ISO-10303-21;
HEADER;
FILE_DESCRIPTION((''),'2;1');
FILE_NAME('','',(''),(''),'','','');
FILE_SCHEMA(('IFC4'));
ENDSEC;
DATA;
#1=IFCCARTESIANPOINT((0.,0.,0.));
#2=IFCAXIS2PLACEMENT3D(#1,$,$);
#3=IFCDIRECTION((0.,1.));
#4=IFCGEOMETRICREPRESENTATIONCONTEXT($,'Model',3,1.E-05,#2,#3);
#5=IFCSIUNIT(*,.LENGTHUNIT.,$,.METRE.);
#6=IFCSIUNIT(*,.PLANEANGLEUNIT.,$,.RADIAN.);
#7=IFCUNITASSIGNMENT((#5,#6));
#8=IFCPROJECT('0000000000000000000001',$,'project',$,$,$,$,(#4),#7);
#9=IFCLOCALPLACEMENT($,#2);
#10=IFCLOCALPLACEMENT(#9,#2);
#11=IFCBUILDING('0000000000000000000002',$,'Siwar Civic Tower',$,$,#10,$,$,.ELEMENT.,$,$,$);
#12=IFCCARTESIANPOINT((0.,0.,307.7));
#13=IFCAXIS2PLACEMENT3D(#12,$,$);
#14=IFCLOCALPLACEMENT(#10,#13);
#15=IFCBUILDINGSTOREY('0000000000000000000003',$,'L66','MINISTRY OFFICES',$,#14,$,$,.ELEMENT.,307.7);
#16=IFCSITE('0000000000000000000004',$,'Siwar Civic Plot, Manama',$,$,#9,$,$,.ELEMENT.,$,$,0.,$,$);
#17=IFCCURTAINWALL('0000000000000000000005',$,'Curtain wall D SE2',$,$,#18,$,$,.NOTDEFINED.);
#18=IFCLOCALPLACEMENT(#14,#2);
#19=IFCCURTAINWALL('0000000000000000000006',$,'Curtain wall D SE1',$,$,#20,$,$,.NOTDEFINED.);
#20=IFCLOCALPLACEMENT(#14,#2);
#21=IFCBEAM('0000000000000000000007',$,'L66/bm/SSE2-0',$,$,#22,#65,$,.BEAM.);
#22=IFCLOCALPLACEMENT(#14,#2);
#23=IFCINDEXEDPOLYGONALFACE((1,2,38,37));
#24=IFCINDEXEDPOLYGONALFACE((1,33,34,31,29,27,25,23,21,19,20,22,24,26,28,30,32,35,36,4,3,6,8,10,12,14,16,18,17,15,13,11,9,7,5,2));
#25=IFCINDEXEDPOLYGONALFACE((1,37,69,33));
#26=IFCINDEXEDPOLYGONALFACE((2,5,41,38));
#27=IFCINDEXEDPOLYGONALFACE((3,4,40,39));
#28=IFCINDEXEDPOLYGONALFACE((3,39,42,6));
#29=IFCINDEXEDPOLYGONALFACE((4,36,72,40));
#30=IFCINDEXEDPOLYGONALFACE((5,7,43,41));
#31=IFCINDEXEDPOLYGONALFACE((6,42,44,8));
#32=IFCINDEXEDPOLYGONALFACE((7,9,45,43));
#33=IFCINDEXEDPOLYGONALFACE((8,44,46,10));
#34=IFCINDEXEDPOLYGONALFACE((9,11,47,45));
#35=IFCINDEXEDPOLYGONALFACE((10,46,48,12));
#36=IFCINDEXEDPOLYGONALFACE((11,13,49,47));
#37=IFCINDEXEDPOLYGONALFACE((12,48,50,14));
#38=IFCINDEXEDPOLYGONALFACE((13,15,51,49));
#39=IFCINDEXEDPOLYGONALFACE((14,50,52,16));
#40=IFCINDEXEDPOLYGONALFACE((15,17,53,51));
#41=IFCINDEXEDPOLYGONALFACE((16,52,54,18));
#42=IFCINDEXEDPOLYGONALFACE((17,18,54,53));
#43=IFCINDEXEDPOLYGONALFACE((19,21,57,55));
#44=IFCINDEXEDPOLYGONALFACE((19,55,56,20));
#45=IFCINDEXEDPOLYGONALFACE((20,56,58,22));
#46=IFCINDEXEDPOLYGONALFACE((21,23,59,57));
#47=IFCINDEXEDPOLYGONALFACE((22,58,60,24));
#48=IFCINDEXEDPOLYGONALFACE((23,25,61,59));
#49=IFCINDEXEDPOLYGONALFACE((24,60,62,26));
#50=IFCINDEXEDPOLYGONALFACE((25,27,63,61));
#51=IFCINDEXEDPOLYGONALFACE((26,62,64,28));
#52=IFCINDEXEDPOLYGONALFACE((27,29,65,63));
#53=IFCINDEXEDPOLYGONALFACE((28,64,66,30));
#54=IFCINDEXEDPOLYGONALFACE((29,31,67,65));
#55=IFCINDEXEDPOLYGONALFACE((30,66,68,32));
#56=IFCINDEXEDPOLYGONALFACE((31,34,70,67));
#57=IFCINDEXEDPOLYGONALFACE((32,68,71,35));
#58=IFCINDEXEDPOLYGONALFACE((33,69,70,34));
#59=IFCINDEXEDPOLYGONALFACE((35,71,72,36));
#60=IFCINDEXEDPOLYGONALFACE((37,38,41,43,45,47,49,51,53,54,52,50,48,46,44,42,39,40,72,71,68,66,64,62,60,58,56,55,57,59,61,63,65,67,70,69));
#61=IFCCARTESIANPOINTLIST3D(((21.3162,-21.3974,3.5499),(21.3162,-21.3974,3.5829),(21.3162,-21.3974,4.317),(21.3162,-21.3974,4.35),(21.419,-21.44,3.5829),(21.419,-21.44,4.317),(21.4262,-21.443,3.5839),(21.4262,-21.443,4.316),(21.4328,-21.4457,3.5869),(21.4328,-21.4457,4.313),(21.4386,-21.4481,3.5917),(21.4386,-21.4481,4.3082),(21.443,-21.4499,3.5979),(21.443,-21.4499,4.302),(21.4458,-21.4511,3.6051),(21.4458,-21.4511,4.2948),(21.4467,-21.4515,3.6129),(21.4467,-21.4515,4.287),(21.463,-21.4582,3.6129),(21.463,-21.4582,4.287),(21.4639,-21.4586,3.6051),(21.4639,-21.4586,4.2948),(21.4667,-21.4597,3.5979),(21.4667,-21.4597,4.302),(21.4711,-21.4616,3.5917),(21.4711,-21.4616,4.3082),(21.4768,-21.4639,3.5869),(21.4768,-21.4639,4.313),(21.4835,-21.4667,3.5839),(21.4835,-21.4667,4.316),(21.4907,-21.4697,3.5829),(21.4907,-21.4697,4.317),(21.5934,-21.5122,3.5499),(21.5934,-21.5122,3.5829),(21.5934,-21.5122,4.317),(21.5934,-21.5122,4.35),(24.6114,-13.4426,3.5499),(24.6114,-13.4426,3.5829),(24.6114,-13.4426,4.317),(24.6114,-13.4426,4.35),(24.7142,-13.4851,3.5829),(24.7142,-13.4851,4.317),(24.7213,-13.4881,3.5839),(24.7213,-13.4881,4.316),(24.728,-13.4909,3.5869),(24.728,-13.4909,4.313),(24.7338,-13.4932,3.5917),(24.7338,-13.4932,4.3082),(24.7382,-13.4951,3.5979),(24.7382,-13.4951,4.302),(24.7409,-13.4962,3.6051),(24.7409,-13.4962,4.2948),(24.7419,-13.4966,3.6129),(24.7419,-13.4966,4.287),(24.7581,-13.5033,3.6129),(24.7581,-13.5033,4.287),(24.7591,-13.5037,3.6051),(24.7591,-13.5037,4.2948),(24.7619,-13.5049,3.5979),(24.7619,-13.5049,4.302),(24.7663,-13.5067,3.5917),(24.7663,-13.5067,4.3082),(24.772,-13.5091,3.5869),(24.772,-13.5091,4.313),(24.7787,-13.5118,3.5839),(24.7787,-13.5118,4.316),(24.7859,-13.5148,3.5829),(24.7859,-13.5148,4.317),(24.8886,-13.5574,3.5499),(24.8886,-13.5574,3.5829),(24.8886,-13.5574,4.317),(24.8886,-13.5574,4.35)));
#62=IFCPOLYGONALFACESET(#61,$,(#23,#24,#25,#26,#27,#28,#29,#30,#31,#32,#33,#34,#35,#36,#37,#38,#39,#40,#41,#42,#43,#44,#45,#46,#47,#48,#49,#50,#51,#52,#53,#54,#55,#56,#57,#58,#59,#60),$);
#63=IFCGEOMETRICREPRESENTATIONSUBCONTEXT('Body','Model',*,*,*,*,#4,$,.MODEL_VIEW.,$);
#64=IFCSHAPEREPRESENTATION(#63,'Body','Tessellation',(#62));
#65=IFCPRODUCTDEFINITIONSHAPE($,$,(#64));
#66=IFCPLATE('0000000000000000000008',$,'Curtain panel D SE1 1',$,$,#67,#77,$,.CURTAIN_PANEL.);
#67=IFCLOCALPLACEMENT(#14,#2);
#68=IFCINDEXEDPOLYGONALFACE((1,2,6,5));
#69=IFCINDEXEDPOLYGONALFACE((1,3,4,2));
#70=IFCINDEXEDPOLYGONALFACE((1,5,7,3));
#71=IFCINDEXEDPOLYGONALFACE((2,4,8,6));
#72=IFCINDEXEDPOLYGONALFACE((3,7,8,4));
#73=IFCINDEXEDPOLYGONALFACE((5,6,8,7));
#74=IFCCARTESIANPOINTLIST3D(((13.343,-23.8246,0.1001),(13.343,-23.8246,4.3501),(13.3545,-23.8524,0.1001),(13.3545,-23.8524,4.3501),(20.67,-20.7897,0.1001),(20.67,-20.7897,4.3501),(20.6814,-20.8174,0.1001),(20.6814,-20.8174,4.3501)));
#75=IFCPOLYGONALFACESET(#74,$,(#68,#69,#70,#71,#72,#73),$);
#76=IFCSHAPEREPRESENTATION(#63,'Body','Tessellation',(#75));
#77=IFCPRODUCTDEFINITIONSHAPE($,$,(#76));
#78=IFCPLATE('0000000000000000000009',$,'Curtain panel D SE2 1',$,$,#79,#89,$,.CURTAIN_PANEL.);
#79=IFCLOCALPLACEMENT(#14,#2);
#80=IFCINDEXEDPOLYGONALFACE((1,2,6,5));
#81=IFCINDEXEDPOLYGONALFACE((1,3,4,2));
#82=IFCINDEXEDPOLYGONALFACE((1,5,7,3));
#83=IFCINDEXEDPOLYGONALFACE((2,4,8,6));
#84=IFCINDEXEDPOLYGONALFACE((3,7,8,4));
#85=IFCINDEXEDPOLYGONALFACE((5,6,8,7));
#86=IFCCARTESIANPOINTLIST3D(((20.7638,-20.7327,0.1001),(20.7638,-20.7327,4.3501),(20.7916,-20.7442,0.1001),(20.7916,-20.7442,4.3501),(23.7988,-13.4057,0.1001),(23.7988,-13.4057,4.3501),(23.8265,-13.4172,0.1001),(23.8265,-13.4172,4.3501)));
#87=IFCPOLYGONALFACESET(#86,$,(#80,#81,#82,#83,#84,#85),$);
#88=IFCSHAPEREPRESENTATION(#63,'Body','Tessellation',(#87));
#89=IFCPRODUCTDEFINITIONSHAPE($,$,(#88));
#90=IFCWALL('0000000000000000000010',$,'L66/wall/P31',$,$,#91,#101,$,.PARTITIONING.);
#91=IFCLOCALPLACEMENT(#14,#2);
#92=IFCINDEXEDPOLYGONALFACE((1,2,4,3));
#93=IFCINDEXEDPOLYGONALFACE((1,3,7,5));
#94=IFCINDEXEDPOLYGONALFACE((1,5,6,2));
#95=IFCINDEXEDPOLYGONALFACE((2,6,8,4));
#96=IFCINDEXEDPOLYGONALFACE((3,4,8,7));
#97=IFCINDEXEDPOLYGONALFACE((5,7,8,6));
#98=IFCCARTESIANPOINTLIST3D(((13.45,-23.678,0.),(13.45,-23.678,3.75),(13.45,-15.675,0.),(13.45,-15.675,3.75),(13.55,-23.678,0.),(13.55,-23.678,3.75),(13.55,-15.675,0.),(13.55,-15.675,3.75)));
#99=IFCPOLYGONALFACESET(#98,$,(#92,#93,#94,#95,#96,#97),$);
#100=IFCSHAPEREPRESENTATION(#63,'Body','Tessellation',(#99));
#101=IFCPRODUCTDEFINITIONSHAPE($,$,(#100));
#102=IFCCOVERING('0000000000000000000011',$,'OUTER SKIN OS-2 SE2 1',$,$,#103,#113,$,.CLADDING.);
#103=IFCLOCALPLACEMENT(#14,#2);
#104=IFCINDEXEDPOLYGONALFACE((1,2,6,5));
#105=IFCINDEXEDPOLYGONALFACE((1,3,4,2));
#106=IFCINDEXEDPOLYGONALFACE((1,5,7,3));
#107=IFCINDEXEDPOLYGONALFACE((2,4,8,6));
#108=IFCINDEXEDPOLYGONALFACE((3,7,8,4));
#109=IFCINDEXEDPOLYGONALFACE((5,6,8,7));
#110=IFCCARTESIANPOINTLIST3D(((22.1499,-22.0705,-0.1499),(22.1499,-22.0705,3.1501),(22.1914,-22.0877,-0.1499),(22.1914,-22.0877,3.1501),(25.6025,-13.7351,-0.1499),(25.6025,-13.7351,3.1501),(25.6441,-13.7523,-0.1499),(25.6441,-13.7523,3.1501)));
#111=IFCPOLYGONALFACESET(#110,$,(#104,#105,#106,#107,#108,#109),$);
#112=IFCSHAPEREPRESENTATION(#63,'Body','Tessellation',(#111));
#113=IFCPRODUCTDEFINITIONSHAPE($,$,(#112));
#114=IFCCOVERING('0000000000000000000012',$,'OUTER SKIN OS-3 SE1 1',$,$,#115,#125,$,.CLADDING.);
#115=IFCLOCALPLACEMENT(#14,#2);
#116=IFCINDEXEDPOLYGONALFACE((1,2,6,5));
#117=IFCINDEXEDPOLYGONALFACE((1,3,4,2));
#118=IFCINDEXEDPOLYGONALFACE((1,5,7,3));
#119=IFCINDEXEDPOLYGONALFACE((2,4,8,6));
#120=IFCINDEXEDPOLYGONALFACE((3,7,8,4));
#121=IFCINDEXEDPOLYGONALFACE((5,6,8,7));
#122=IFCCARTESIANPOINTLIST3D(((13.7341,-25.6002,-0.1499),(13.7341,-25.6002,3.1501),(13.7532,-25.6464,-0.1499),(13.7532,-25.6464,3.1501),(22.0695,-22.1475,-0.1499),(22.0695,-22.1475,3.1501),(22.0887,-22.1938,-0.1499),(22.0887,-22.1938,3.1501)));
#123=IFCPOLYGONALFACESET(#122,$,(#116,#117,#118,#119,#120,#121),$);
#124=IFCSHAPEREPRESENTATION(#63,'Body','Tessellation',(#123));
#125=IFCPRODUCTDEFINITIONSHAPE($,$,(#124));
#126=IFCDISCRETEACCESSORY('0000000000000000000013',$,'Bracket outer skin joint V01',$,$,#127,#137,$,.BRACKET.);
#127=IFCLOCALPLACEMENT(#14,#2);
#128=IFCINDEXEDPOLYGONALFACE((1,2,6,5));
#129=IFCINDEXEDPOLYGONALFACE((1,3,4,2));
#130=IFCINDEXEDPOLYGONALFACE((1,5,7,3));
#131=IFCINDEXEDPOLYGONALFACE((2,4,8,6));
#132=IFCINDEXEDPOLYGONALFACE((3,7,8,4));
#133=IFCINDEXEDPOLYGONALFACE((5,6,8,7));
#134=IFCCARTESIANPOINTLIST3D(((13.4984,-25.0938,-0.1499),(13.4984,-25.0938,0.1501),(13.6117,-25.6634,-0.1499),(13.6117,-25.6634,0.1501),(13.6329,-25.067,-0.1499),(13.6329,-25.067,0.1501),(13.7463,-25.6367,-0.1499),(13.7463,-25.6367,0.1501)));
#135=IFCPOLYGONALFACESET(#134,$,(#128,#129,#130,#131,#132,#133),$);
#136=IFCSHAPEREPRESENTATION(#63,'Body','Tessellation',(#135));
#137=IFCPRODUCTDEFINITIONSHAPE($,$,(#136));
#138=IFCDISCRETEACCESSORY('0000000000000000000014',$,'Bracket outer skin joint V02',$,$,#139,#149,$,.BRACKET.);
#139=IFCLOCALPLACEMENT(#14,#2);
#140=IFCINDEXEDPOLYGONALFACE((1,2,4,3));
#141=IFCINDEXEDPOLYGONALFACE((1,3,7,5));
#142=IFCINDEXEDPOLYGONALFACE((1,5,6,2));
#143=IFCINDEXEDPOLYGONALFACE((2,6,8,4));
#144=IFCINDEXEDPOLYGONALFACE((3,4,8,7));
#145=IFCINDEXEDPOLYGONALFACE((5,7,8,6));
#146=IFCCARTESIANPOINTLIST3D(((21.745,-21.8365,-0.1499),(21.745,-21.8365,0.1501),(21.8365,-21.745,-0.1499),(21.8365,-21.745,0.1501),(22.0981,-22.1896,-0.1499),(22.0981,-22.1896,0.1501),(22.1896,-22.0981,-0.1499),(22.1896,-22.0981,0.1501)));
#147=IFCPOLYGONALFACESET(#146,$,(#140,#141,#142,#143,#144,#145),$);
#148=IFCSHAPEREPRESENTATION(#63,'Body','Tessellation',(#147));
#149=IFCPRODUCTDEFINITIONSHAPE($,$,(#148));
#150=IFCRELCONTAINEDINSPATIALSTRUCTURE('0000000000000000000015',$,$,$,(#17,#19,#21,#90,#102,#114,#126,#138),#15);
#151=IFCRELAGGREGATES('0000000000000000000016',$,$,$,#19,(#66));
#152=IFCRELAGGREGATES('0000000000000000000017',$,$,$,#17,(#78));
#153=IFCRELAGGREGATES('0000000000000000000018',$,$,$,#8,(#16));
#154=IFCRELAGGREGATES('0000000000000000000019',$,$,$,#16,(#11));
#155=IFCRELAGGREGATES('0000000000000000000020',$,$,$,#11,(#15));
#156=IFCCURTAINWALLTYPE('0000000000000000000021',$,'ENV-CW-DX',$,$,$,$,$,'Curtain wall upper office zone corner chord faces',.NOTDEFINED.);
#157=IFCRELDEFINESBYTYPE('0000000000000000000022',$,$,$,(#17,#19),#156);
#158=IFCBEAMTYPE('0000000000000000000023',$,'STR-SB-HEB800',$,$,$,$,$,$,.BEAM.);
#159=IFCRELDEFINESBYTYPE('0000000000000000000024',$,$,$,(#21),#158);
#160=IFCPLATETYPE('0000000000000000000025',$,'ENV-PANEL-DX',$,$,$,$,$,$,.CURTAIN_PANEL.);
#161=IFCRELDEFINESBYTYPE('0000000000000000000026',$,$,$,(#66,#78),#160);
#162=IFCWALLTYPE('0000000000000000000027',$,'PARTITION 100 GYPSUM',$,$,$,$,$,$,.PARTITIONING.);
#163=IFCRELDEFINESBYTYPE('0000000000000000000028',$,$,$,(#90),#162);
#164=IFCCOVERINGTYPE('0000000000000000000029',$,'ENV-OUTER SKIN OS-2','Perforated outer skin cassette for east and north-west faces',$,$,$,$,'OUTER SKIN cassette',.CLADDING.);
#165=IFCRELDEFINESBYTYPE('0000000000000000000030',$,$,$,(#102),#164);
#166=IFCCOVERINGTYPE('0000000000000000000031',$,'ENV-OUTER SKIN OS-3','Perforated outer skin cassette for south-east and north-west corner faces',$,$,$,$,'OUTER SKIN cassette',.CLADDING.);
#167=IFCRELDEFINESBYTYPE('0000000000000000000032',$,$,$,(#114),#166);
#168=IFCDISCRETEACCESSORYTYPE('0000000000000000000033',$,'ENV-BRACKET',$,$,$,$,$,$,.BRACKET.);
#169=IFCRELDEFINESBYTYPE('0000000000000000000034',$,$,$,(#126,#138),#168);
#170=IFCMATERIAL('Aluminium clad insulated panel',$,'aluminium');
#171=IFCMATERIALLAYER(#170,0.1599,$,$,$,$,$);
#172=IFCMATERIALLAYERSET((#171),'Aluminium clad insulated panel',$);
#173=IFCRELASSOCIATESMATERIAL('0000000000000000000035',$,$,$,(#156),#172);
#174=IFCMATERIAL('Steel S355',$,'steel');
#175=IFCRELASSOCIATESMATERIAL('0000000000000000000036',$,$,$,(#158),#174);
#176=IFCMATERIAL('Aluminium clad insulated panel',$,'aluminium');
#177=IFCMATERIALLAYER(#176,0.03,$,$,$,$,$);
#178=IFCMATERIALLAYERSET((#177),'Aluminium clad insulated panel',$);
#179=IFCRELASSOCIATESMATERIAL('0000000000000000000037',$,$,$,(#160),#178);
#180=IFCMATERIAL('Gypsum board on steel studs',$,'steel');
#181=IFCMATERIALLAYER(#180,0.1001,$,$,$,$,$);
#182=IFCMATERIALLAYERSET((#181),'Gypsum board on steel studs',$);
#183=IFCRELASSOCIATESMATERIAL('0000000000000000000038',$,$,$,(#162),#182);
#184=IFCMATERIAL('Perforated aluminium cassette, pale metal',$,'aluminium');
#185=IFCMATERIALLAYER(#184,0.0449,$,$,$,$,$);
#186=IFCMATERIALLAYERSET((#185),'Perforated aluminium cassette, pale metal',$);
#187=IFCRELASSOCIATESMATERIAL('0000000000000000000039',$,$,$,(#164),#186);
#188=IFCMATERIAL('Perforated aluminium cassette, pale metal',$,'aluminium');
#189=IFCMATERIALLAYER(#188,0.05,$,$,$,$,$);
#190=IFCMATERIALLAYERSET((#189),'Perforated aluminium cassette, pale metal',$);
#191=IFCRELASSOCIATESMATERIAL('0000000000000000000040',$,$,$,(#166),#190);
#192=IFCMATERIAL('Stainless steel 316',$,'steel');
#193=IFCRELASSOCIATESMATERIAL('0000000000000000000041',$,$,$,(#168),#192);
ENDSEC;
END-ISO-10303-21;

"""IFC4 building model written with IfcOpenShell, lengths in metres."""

from ifc_helpers import new_model, si_unit, direction, frame, frame_2d, origin, origin_2d, place, context, subcontext, project, spatial, rectangle, i_section, extrude, material, layer, layer_set, material_profile, profile_set, type_object, element, aggregate, save


model = new_model("IFC4")

# Units and contexts
model_context = context("Model", 3, precision=1e-05, world=origin(), true_north=direction((0.0, 1.0)))
body_context = subcontext(model_context, "Body", "Model", "MODEL_VIEW")
ifc_project = project(units=[si_unit("LENGTHUNIT", "METRE"), si_unit("PLANEANGLEUNIT", "RADIAN")], contexts=[model_context])

# Site, building, storey
site_placement = place(None, origin())
site = spatial("IfcSite", under=ifc_project, at=site_placement, Name="Siwar Civic Plot, Manama", CompositionType="ELEMENT", RefElevation=0.0)
building_placement = place(site_placement, origin())
building = spatial("IfcBuilding", under=site, at=building_placement, Name="Siwar Civic Tower", CompositionType="ELEMENT")
storey_placement = place(building_placement, frame((0.0, 0.0, 307.7)))
storey = spatial("IfcBuildingStorey", under=building, at=storey_placement, Name="L66", Description="MINISTRY OFFICES", CompositionType="ELEMENT", Elevation=307.7)

# Curtain walls
ifc_material_1 = material(Name="Aluminium clad insulated panel", Category="aluminium")
ifc_layer_1 = layer(ifc_material_1, 0.1599)
ifc_layer_set_1 = layer_set([ifc_layer_1], Name="Aluminium clad insulated panel")
curtain_wall_type = type_object("IfcCurtainWallType", Name="ENV-CW-DX", ElementType="Curtain wall upper office zone corner chord faces", PredefinedType="NOTDEFINED", material=ifc_layer_set_1)
curtain_wall_1_placement = place(storey_placement, origin())
curtain_wall_1 = element("IfcCurtainWall", 1, at=curtain_wall_1_placement, inside=storey, type_object=curtain_wall_type, Name="Curtain wall D SE2", PredefinedType="NOTDEFINED")
curtain_wall_2_placement = place(storey_placement, origin())
curtain_wall_2 = element("IfcCurtainWall", 2, at=curtain_wall_2_placement, inside=storey, type_object=curtain_wall_type, Name="Curtain wall D SE1", PredefinedType="NOTDEFINED")

# Beam
ifc_material_2 = material(Name="Steel S355", Category="steel")
ifc_material_profile_1 = material_profile(ifc_material_2, i_section(OverallWidth=0.3, OverallDepth=0.8, WebThickness=0.0176, FlangeThickness=0.033, FilletRadius=0.03, at=origin_2d()), Name="HEB800")
ifc_profile_set_1 = profile_set([ifc_material_profile_1], Name="Steel S355")
beam_type_1 = type_object("IfcBeamType", Name="STR-SB-HEB800", PredefinedType="BEAM", material=ifc_profile_set_1)
for number, where, z_axis, x_axis, name in (
    (3, (21.4548, -21.4548, 3.95), (0.3827, 0.923873, 0.0), (-0.923873, 0.3827, 0.0), "L66/bm/SSE2-0"),
):
    element("IfcBeam", number, at=place(storey_placement, frame(where, z_axis=z_axis, x_axis=x_axis)), inside=storey, type_object=beam_type_1, Name=name, PredefinedType="BEAM", context=body_context, shape_type="SweptSolid", body=[
        extrude(i_section(OverallWidth=0.3, OverallDepth=0.8, WebThickness=0.0176, FlangeThickness=0.033, FilletRadius=0.03, at=origin_2d()), origin(), (0.0, 0.0, 1.0), 8.6104),
    ])

# Plates
ifc_material_3 = material(Name="Aluminium clad insulated panel", Category="aluminium")
ifc_layer_2 = layer(ifc_material_3, 0.03)
ifc_layer_set_2 = layer_set([ifc_layer_2], Name="Aluminium clad insulated panel")
plate_type = type_object("IfcPlateType", Name="ENV-PANEL-DX", PredefinedType="CURTAIN_PANEL", material=ifc_layer_set_2)
plate_1_placement = place(storey_placement, frame((17.0122, -22.321, 0.1001), z_axis=(0.0, 0.0, 1.0), x_axis=(0.92388, 0.382683, 0.0)))
plate_1 = element("IfcPlate", 4, at=plate_1_placement, type_object=plate_type, Name="Curtain panel D SE1 1", PredefinedType="CURTAIN_PANEL", context=body_context, shape_type="SweptSolid", body=[
    extrude(rectangle(XDim=7.9307, YDim=0.03, at=origin_2d()), origin(), (0.0, 0.0, 1.0), 4.25),
])
aggregate(curtain_wall_2, [plate_1])
plate_2_placement = place(storey_placement, frame((22.2952, -17.075, 0.1001), z_axis=(0.0, 0.0, 1.0), x_axis=(0.382683, 0.92388, 0.0)))
plate_2 = element("IfcPlate", 5, at=plate_2_placement, type_object=plate_type, Name="Curtain panel D SE2 1", PredefinedType="CURTAIN_PANEL", context=body_context, shape_type="SweptSolid", body=[
    extrude(rectangle(XDim=7.9307, YDim=0.03, at=origin_2d()), origin(), (0.0, 0.0, 1.0), 4.25),
])
aggregate(curtain_wall_1, [plate_2])

# Wall
ifc_material_4 = material(Name="Gypsum board on steel studs", Category="steel")
ifc_layer_3 = layer(ifc_material_4, 0.1001)
ifc_layer_set_3 = layer_set([ifc_layer_3], Name="Gypsum board on steel studs")
wall_type = type_object("IfcWallType", Name="PARTITION 100 GYPSUM", PredefinedType="PARTITIONING", material=ifc_layer_set_3)
wall_placement = place(storey_placement, frame((13.5, -23.678, 0.0), z_axis=(0.0, 0.0, 1.0), x_axis=(0.0, 1.0, 0.0)))
element("IfcWall", 6, at=wall_placement, inside=storey, type_object=wall_type, Name="L66/wall/P31", PredefinedType="PARTITIONING", context=body_context, shape_type="SweptSolid", body=[
    extrude(rectangle(XDim=8.0029, YDim=0.1001, at=frame_2d((4.0015, 0.0))), origin(), (0.0, 0.0, 1.0), 3.75),
])

# Coverings
ifc_material_5 = material(Name="Perforated aluminium cassette, pale metal", Category="aluminium")
ifc_layer_4 = layer(ifc_material_5, 0.0449)
ifc_layer_set_4 = layer_set([ifc_layer_4], Name="Perforated aluminium cassette, pale metal")
covering_type_1 = type_object("IfcCoveringType", Name="ENV-OUTER SKIN OS-2", Description="Perforated outer skin cassette for east and north-west faces", ElementType="OUTER SKIN cassette", PredefinedType="CLADDING", material=ifc_layer_set_4)
covering_1_placement = place(storey_placement, frame((23.897, -17.9114, -0.1499), z_axis=(0.0, 0.0, 1.0), x_axis=(0.382683, 0.92388, 0.0)))
element("IfcCovering", 7, at=covering_1_placement, inside=storey, type_object=covering_type_1, Name="OUTER SKIN OS-2 SE2 1", PredefinedType="CLADDING", context=body_context, shape_type="SweptSolid", body=[
    extrude(rectangle(XDim=9.0222, YDim=0.0449, at=origin_2d()), origin(), (0.0, 0.0, 1.0), 3.3),
])
ifc_material_6 = material(Name="Perforated aluminium cassette, pale metal", Category="aluminium")
ifc_layer_5 = layer(ifc_material_6, 0.05)
ifc_layer_set_5 = layer_set([ifc_layer_5], Name="Perforated aluminium cassette, pale metal")
covering_type_2 = type_object("IfcCoveringType", Name="ENV-OUTER SKIN OS-3", Description="Perforated outer skin cassette for south-east and north-west corner faces", ElementType="OUTER SKIN cassette", PredefinedType="CLADDING", material=ifc_layer_set_5)
covering_2_placement = place(storey_placement, frame((17.9114, -23.897, -0.1499), z_axis=(0.0, 0.0, 1.0), x_axis=(0.92388, 0.382683, 0.0)))
element("IfcCovering", 8, at=covering_2_placement, inside=storey, type_object=covering_type_2, Name="OUTER SKIN OS-3 SE1 1", PredefinedType="CLADDING", context=body_context, shape_type="SweptSolid", body=[
    extrude(rectangle(XDim=9.0222, YDim=0.05, at=origin_2d()), origin(), (0.0, 0.0, 1.0), 3.3),
])

# Discrete accessories
ifc_material_7 = material(Name="Stainless steel 316", Category="steel")
discrete_accessory_type = type_object("IfcDiscreteAccessoryType", Name="ENV-BRACKET", PredefinedType="BRACKET", material=ifc_material_7)
discrete_accessory_1_placement = place(storey_placement, frame((13.6223, -25.3652, -0.1499), z_axis=(0.0, 0.0, 1.0), x_axis=(0.19509, -0.980785, 0.0)))
element("IfcDiscreteAccessory", 9, at=discrete_accessory_1_placement, inside=storey, type_object=discrete_accessory_type, Name="Bracket outer skin joint V01", PredefinedType="BRACKET", context=body_context, shape_type="SweptSolid", body=[
    extrude(rectangle(XDim=0.5808, YDim=0.1372, at=origin_2d()), origin(), (0.0, 0.0, 1.0), 0.3),
])
discrete_accessory_2_placement = place(storey_placement, frame((21.9673, -21.9673, -0.1499), z_axis=(0.0, 0.0, 1.0), x_axis=(0.707107, -0.707107, 0.0)))
element("IfcDiscreteAccessory", 10, at=discrete_accessory_2_placement, inside=storey, type_object=discrete_accessory_type, Name="Bracket outer skin joint V02", PredefinedType="BRACKET", context=body_context, shape_type="SweptSolid", body=[
    extrude(rectangle(XDim=0.4993, YDim=0.1294, at=origin_2d()), origin(), (0.0, 0.0, 1.0), 0.3),
])

save(model, "model.ifc")
